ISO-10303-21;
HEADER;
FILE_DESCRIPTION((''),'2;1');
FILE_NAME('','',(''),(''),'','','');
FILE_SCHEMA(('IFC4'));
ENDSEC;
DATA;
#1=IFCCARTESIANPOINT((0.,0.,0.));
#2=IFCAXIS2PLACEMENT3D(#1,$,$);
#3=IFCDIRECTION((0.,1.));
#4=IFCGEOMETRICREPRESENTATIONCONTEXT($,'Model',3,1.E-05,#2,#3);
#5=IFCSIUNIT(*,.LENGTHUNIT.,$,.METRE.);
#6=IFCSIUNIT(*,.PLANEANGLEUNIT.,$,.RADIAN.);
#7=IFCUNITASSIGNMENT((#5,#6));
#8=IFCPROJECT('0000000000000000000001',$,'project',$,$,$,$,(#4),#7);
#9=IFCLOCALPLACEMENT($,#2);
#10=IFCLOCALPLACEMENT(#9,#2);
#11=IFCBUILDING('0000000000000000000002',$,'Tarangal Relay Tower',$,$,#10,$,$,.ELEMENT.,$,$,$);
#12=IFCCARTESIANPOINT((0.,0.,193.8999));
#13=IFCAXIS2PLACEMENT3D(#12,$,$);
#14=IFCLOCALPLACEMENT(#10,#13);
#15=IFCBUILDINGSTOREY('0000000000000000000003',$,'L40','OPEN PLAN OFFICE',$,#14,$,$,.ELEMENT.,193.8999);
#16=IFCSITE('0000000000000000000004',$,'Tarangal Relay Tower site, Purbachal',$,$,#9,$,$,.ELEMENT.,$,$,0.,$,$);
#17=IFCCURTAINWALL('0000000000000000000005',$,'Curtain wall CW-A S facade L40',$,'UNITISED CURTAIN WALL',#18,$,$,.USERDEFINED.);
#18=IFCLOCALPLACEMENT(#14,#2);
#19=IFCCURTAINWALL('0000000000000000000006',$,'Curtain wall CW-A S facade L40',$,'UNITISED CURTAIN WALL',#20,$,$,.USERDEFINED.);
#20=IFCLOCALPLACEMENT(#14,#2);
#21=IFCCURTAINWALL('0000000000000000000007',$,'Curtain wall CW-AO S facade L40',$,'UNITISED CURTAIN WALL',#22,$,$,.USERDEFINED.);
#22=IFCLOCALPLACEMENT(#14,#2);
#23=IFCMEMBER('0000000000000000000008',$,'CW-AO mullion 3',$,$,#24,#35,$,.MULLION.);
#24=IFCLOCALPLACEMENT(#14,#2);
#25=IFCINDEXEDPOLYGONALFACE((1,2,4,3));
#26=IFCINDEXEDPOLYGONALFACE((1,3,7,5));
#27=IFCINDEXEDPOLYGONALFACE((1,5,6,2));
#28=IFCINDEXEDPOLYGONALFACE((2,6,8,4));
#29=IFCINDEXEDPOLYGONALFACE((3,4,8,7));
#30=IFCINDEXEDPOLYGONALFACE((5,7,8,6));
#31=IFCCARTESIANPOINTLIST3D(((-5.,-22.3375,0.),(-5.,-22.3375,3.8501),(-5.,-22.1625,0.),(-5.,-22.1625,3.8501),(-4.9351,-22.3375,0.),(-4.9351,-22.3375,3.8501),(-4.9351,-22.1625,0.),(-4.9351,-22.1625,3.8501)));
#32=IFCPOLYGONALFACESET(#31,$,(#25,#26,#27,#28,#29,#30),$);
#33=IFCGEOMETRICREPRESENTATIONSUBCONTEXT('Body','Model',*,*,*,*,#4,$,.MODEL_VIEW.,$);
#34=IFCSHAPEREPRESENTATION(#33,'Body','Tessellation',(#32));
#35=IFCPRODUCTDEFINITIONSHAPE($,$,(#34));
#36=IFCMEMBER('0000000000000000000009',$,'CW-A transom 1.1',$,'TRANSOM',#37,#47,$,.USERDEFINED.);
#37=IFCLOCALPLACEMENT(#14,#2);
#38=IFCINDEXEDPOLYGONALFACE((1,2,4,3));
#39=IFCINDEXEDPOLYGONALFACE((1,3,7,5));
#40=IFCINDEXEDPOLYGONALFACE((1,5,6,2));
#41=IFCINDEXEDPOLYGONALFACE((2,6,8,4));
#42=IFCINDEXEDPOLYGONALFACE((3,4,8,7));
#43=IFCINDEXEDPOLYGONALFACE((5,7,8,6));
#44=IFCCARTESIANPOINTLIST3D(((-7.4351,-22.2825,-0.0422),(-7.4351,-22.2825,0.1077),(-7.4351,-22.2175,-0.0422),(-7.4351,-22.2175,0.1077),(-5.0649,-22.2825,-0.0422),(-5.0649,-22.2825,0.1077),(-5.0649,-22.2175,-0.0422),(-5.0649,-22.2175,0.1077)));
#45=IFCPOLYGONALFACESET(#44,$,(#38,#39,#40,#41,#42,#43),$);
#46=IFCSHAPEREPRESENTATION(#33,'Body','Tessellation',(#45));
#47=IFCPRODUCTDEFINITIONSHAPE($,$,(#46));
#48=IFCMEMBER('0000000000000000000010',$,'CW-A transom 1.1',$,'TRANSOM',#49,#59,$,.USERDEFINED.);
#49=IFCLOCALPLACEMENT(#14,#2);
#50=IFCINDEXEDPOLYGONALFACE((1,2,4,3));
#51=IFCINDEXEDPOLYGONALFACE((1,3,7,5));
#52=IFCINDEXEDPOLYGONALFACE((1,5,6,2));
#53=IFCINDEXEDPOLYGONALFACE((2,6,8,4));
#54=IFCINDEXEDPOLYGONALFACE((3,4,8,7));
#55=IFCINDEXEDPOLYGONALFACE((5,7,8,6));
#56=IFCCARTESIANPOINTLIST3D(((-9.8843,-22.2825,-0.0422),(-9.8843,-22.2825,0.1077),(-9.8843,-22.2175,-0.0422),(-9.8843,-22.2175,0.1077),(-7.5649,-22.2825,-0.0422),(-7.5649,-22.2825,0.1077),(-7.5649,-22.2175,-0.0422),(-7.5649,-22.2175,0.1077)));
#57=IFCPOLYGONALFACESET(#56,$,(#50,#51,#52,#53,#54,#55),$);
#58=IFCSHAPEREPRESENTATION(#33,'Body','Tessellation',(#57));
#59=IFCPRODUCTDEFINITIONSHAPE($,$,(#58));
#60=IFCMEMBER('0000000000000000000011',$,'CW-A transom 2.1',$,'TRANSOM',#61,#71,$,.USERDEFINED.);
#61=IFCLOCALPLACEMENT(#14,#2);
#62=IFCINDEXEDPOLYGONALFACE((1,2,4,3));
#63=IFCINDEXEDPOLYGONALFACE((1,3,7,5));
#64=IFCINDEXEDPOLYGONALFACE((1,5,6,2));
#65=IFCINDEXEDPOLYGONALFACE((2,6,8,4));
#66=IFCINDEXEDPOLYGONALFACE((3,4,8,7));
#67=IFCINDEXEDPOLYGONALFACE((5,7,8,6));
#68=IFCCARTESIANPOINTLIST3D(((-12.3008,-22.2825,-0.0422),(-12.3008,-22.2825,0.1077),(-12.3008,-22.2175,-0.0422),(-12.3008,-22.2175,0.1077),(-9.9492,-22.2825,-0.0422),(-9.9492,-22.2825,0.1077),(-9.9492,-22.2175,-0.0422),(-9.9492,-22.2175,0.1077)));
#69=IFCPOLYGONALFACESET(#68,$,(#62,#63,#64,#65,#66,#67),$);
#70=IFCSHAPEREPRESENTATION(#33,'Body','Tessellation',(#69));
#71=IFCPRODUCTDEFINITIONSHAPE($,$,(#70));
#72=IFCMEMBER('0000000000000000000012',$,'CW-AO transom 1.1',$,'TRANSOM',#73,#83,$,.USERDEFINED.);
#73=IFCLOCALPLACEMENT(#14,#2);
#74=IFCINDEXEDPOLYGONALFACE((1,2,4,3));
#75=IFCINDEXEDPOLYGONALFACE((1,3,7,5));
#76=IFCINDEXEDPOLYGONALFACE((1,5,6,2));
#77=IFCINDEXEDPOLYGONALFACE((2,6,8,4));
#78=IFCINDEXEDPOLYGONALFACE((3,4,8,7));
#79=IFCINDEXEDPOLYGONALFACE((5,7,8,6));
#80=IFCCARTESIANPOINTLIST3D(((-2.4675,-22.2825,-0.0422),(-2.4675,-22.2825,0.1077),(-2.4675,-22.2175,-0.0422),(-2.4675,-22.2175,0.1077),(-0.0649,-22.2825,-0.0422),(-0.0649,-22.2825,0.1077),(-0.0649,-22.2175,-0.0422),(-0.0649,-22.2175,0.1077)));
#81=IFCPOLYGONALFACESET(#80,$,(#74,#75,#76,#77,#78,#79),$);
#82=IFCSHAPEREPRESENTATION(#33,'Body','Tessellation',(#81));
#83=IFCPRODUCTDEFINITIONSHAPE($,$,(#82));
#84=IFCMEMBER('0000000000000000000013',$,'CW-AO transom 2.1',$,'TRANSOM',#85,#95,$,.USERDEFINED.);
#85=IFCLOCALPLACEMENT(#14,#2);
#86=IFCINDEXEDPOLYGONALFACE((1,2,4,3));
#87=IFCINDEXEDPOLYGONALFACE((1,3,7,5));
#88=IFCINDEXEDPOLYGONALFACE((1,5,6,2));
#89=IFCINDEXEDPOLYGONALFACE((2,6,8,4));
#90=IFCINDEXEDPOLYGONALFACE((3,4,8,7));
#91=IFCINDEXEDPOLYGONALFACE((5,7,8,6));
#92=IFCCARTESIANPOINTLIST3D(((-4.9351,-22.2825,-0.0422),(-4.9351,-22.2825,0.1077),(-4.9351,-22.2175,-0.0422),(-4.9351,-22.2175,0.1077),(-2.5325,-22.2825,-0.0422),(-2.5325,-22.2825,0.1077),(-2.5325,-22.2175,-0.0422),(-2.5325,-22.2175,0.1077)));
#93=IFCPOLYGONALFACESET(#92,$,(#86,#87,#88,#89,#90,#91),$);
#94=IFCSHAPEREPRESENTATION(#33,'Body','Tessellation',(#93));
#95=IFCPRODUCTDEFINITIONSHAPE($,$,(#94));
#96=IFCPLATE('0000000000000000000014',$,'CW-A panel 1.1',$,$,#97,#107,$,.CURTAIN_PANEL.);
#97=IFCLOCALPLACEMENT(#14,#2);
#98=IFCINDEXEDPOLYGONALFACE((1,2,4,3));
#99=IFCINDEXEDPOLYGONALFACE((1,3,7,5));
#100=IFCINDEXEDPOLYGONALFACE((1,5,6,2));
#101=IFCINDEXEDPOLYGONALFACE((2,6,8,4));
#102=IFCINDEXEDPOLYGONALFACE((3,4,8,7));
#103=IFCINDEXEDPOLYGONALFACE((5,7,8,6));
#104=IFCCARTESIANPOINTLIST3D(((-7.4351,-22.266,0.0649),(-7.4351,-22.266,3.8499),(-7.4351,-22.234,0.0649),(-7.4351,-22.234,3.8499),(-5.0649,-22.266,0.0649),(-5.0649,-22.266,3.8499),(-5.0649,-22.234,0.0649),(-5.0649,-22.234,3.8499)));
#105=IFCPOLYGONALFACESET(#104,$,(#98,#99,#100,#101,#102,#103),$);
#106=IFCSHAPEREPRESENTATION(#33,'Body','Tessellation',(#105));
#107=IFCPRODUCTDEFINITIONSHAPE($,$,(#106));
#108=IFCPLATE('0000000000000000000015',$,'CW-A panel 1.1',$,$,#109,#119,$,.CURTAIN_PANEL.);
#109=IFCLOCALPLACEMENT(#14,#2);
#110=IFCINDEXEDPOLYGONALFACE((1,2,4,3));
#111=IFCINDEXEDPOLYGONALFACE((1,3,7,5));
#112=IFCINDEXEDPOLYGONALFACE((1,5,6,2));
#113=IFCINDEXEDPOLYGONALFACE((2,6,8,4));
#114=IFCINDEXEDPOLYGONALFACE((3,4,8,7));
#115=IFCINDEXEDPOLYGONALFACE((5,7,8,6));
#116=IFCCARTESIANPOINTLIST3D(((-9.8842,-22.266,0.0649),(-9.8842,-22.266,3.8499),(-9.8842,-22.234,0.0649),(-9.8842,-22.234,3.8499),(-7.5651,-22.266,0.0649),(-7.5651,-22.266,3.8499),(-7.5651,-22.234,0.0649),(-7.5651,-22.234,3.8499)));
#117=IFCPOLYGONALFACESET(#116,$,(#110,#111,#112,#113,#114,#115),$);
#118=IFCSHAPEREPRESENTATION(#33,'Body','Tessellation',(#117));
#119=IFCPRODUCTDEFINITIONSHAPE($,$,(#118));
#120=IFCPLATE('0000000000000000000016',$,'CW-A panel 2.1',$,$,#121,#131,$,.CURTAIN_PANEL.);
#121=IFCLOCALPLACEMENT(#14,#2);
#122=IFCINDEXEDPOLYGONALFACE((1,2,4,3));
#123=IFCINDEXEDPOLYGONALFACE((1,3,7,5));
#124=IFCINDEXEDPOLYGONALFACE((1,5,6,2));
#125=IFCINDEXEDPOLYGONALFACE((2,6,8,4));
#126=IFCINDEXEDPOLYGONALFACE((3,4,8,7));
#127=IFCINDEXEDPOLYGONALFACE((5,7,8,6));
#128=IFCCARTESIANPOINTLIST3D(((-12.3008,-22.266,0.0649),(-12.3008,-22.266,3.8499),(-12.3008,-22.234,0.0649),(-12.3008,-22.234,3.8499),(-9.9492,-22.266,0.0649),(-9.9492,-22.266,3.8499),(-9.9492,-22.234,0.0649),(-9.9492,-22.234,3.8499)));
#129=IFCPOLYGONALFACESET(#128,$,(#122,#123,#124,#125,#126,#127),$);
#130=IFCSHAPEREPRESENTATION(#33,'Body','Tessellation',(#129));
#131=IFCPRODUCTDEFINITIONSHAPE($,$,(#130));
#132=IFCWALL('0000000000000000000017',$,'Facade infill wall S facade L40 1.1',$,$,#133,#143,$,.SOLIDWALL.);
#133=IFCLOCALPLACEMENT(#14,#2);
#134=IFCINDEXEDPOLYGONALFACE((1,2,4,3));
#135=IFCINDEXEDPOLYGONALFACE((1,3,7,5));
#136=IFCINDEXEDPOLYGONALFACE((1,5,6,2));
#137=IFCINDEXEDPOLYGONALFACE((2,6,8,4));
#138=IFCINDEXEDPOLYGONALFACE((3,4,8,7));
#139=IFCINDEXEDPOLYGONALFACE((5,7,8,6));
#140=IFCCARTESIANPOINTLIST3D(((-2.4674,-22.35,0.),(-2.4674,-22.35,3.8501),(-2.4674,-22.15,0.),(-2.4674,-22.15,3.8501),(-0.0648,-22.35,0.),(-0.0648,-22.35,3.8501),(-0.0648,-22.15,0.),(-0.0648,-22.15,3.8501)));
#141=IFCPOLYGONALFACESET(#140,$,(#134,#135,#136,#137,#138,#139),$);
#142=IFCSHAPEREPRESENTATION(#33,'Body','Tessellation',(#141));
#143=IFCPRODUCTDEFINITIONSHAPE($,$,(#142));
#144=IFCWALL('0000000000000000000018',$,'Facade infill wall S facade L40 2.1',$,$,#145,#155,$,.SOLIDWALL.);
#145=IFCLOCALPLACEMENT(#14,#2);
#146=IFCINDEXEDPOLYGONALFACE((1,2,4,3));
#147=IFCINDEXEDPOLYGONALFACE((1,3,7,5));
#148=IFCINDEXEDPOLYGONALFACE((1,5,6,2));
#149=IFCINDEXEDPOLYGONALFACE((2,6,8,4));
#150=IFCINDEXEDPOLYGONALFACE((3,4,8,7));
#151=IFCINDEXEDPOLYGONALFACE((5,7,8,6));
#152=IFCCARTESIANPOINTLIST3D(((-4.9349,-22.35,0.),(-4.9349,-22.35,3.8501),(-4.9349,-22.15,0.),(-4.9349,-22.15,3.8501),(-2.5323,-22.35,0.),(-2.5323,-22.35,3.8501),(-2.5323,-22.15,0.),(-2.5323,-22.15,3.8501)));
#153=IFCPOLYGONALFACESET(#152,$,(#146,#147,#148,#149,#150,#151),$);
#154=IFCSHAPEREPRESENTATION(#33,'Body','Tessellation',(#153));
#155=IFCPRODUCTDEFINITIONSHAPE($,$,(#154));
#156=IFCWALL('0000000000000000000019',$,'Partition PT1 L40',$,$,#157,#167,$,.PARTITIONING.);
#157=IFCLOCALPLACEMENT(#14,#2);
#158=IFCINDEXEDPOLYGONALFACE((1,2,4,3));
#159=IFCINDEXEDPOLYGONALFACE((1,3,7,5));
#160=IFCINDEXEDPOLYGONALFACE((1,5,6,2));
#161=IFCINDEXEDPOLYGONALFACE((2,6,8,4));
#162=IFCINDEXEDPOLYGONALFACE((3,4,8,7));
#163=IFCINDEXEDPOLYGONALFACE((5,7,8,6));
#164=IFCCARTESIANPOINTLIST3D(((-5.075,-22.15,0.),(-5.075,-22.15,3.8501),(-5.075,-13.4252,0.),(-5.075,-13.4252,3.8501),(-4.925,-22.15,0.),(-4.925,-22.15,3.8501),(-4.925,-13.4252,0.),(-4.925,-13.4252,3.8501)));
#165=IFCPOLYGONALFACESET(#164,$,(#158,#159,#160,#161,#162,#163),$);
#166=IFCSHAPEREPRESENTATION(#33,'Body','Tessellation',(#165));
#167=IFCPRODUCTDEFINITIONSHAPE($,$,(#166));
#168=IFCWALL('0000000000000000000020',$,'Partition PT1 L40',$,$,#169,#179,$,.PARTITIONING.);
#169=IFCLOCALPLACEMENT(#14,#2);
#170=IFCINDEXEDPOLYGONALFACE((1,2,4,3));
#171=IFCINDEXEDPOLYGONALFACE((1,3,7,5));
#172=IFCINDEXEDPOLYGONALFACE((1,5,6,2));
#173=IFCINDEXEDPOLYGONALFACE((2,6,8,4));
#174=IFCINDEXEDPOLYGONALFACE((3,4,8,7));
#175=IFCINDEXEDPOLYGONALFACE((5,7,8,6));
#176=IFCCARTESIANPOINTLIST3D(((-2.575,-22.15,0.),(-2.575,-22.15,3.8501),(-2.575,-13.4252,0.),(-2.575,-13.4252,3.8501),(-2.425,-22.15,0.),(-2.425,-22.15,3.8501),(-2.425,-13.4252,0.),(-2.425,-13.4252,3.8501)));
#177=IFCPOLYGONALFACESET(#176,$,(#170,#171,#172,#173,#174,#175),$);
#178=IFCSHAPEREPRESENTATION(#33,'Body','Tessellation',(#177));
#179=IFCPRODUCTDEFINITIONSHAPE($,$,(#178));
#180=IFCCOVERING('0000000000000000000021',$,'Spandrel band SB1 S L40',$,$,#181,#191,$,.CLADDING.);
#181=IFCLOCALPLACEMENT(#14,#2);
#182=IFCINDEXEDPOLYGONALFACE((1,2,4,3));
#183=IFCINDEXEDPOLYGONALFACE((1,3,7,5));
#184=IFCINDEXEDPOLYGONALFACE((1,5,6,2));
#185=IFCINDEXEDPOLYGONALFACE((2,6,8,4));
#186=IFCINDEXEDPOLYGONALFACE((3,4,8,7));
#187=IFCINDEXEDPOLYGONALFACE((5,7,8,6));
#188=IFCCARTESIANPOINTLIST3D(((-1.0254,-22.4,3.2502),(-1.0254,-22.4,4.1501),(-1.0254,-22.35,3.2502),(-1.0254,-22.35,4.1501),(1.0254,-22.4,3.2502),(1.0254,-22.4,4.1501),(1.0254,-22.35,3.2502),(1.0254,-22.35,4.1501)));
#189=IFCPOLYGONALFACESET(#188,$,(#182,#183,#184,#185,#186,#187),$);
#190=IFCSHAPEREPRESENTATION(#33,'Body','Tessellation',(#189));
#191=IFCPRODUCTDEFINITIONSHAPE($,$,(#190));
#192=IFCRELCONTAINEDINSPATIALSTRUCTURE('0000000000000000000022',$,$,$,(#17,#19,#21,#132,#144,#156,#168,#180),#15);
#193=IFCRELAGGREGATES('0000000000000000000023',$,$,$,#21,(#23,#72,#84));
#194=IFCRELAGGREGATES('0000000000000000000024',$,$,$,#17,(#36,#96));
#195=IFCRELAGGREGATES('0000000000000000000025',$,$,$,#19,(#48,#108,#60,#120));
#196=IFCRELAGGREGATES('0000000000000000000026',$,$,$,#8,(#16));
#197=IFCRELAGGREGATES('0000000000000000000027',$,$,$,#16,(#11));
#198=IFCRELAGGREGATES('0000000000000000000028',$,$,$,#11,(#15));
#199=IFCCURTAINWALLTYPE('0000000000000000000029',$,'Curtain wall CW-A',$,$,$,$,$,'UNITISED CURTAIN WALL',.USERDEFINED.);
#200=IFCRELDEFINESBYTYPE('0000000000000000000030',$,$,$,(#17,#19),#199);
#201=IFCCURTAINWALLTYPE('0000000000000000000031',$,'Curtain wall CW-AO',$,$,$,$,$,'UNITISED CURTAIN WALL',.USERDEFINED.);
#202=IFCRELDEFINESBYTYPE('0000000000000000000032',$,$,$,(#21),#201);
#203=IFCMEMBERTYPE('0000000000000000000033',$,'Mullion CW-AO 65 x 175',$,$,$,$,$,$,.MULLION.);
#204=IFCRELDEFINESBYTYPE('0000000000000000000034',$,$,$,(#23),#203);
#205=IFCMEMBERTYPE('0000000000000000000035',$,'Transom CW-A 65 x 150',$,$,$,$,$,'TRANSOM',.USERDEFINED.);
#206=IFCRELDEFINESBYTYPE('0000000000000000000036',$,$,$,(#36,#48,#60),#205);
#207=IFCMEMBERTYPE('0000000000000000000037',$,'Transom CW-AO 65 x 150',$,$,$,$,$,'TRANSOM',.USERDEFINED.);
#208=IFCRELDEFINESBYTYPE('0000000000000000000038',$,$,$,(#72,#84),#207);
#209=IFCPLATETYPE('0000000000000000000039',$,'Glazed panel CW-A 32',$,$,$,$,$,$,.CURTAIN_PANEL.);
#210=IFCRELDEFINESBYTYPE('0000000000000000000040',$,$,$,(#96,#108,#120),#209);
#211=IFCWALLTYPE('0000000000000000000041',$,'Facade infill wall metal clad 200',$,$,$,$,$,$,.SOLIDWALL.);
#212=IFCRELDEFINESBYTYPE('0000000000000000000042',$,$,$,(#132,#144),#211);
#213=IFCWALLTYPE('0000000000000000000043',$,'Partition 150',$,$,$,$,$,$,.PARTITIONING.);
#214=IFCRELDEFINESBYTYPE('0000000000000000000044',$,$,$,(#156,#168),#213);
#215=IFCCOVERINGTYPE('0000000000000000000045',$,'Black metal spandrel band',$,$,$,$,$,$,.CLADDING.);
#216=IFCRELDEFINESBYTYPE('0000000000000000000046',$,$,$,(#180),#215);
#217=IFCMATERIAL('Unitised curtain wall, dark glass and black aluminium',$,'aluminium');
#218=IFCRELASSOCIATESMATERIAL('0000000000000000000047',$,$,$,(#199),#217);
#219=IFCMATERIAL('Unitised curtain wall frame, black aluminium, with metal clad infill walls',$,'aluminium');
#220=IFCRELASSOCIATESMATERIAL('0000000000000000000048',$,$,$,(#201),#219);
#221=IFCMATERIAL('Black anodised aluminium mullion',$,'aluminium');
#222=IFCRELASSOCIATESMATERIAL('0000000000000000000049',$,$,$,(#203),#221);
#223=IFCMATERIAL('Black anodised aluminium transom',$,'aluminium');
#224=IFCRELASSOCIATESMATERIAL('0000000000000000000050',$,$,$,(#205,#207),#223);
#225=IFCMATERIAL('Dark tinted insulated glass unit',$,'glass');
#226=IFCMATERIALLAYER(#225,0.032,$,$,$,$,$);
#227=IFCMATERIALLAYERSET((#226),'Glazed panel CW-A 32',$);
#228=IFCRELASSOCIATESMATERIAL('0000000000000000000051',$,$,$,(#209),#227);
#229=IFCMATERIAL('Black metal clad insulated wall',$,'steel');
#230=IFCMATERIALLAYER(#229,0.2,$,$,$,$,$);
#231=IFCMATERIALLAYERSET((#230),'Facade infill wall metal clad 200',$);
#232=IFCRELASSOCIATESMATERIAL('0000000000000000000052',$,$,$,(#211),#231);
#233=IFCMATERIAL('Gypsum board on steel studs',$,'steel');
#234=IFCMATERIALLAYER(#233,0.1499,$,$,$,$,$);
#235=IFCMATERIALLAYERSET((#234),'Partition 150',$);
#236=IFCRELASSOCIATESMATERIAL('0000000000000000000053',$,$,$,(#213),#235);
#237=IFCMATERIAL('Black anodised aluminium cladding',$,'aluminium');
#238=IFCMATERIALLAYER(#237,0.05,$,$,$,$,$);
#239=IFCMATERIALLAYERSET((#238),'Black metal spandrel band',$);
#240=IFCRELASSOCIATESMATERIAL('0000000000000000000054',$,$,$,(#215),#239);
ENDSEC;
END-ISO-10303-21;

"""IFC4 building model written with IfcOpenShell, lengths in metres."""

from ifc_helpers import new_model, si_unit, direction, frame, frame_2d, origin, origin_2d, place, context, subcontext, project, spatial, rectangle, extrude, material, layer, layer_set, material_profile, profile_set, type_object, element, aggregate, save


model = new_model("IFC4")

# Units and contexts
model_context = context("Model", 3, precision=1e-05, world=origin(), true_north=direction((0.0, 1.0)))
body_context = subcontext(model_context, "Body", "Model", "MODEL_VIEW")
ifc_project = project(units=[si_unit("LENGTHUNIT", "METRE"), si_unit("PLANEANGLEUNIT", "RADIAN")], contexts=[model_context])

# Site, building, storey
site_placement = place(None, origin())
site = spatial("IfcSite", under=ifc_project, at=site_placement, Name="Tarangal Relay Tower site, Purbachal", CompositionType="ELEMENT", RefElevation=0.0)
building_placement = place(site_placement, origin())
building = spatial("IfcBuilding", under=site, at=building_placement, Name="Tarangal Relay Tower", CompositionType="ELEMENT")
storey_placement = place(building_placement, frame((0.0, 0.0, 193.8999)))
storey = spatial("IfcBuildingStorey", under=building, at=storey_placement, Name="L40", Description="OPEN PLAN OFFICE", CompositionType="ELEMENT", Elevation=193.8999)

# Curtain walls, member
ifc_material_1 = material(Name="Unitised curtain wall, dark glass and black aluminium", Category="aluminium")
curtain_wall_type_1 = type_object("IfcCurtainWallType", Name="Curtain wall CW-A", ElementType="UNITISED CURTAIN WALL", PredefinedType="USERDEFINED", material=ifc_material_1)
curtain_wall_1_placement = place(storey_placement, origin())
curtain_wall_1 = element("IfcCurtainWall", 1, at=curtain_wall_1_placement, inside=storey, type_object=curtain_wall_type_1, Name="Curtain wall CW-A S facade L40", ObjectType="UNITISED CURTAIN WALL", PredefinedType="USERDEFINED")
ifc_material_2 = material(Name="Black anodised aluminium mullion", Category="aluminium")
curtain_wall_2_placement = place(storey_placement, origin())
curtain_wall_2 = element("IfcCurtainWall", 2, at=curtain_wall_2_placement, inside=storey, type_object=curtain_wall_type_1, Name="Curtain wall CW-A S facade L40", ObjectType="UNITISED CURTAIN WALL", PredefinedType="USERDEFINED")
ifc_material_3 = material(Name="Unitised curtain wall frame, black aluminium, with metal clad infill walls", Category="aluminium")
curtain_wall_type_2 = type_object("IfcCurtainWallType", Name="Curtain wall CW-AO", ElementType="UNITISED CURTAIN WALL", PredefinedType="USERDEFINED", material=ifc_material_3)
curtain_wall_3_placement = place(storey_placement, origin())
curtain_wall_3 = element("IfcCurtainWall", 3, at=curtain_wall_3_placement, inside=storey, type_object=curtain_wall_type_2, Name="Curtain wall CW-AO S facade L40", ObjectType="UNITISED CURTAIN WALL", PredefinedType="USERDEFINED")
ifc_material_profile_1 = material_profile(ifc_material_2, rectangle(XDim=0.175, YDim=0.0649, at=origin_2d()), Name="CW-AOM 65X175")
ifc_profile_set_1 = profile_set([ifc_material_profile_1], Name="Black anodised aluminium mullion")
member_type_1 = type_object("IfcMemberType", Name="Mullion CW-AO 65 x 175", PredefinedType="MULLION", material=ifc_profile_set_1)
member_1_placement = place(storey_placement, frame((-4.9675, -22.25, 0.0), z_axis=(0.0, 0.0, 1.0), x_axis=(0.0, -1.0, 0.0)))
member_1 = element("IfcMember", 4, at=member_1_placement, type_object=member_type_1, Name="CW-AO mullion 3", PredefinedType="MULLION", context=body_context, shape_type="SweptSolid", body=[
    extrude(rectangle(XDim=0.175, YDim=0.0649, at=origin_2d()), origin(), (0.0, 0.0, 1.0), 3.8501),
])

# Members
ifc_material_4 = material(Name="Black anodised aluminium transom", Category="aluminium")
ifc_material_profile_2 = material_profile(ifc_material_4, rectangle(XDim=0.0649, YDim=0.1499, at=origin_2d()), Name="CW-AT 65X150")
ifc_profile_set_2 = profile_set([ifc_material_profile_2], Name="Black anodised aluminium transom")
member_type_2 = type_object("IfcMemberType", Name="Transom CW-A 65 x 150", ElementType="TRANSOM", PredefinedType="USERDEFINED", material=ifc_profile_set_2)
member_2_placement = place(storey_placement, frame((-5.0649, -22.25, 0.0327), z_axis=(-1.0, 0.0, 0.0), x_axis=(0.0, -1.0, 0.0)))
member_2 = element("IfcMember", 5, at=member_2_placement, type_object=member_type_2, Name="CW-A transom 1.1", ObjectType="TRANSOM", PredefinedType="USERDEFINED", context=body_context, shape_type="SweptSolid", body=[
    extrude(rectangle(XDim=0.0649, YDim=0.1499, at=origin_2d()), origin(), (0.0, 0.0, 1.0), 2.3701),
])
member_3_placement = place(storey_placement, frame((-7.5649, -22.25, 0.0327), z_axis=(-1.0, 0.0, 0.0), x_axis=(0.0, -1.0, 0.0)))
member_3 = element("IfcMember", 6, at=member_3_placement, type_object=member_type_2, Name="CW-A transom 1.1", ObjectType="TRANSOM", PredefinedType="USERDEFINED", context=body_context, shape_type="SweptSolid", body=[
    extrude(rectangle(XDim=0.0649, YDim=0.1499, at=origin_2d()), origin(), (0.0, 0.0, 1.0), 2.3193),
])
member_4_placement = place(storey_placement, frame((-9.9492, -22.25, 0.0327), z_axis=(-1.0, 0.0, 0.0), x_axis=(0.0, -1.0, 0.0)))
member_4 = element("IfcMember", 7, at=member_4_placement, type_object=member_type_2, Name="CW-A transom 2.1", ObjectType="TRANSOM", PredefinedType="USERDEFINED", context=body_context, shape_type="SweptSolid", body=[
    extrude(rectangle(XDim=0.0649, YDim=0.1499, at=origin_2d()), origin(), (0.0, 0.0, 1.0), 2.3516),
])
ifc_material_profile_3 = material_profile(ifc_material_4, rectangle(XDim=0.0649, YDim=0.1499, at=origin_2d()), Name="CW-AOT 65X150")
ifc_profile_set_3 = profile_set([ifc_material_profile_3], Name="Black anodised aluminium transom")
member_type_3 = type_object("IfcMemberType", Name="Transom CW-AO 65 x 150", ElementType="TRANSOM", PredefinedType="USERDEFINED", material=ifc_profile_set_3)
member_5_placement = place(storey_placement, frame((-0.0649, -22.25, 0.0327), z_axis=(-1.0, 0.0, 0.0), x_axis=(0.0, -1.0, 0.0)))
member_5 = element("IfcMember", 8, at=member_5_placement, type_object=member_type_3, Name="CW-AO transom 1.1", ObjectType="TRANSOM", PredefinedType="USERDEFINED", context=body_context, shape_type="SweptSolid", body=[
    extrude(rectangle(XDim=0.0649, YDim=0.1499, at=origin_2d()), origin(), (0.0, 0.0, 1.0), 2.4026),
])
member_6_placement = place(storey_placement, frame((-2.5325, -22.25, 0.0327), z_axis=(-1.0, 0.0, 0.0), x_axis=(0.0, -1.0, 0.0)))
member_6 = element("IfcMember", 9, at=member_6_placement, type_object=member_type_3, Name="CW-AO transom 2.1", ObjectType="TRANSOM", PredefinedType="USERDEFINED", context=body_context, shape_type="SweptSolid", body=[
    extrude(rectangle(XDim=0.0649, YDim=0.1499, at=origin_2d()), origin(), (0.0, 0.0, 1.0), 2.4026),
])
aggregate(curtain_wall_3, [member_1, member_5, member_6])

# Plates
ifc_material_5 = material(Name="Dark tinted insulated glass unit", Category="glass")
ifc_layer_1 = layer(ifc_material_5, 0.032)
ifc_layer_set_1 = layer_set([ifc_layer_1], Name="Glazed panel CW-A 32")
plate_type = type_object("IfcPlateType", Name="Glazed panel CW-A 32", PredefinedType="CURTAIN_PANEL", material=ifc_layer_set_1)
plate_1_placement = place(storey_placement, frame((-6.25, -22.25, 0.0649), z_axis=(0.0, 0.0, 1.0), x_axis=(-1.0, 0.0, 0.0)))
plate_1 = element("IfcPlate", 10, at=plate_1_placement, type_object=plate_type, Name="CW-A panel 1.1", PredefinedType="CURTAIN_PANEL", context=body_context, shape_type="SweptSolid", body=[
    extrude(rectangle(XDim=2.3701, YDim=0.032, at=origin_2d()), origin(), (0.0, 0.0, 1.0), 3.7849),
])
aggregate(curtain_wall_1, [member_2, plate_1])
plate_2_placement = place(storey_placement, frame((-8.7246, -22.25, 0.0649), z_axis=(0.0, 0.0, 1.0), x_axis=(-1.0, 0.0, 0.0)))
plate_2 = element("IfcPlate", 11, at=plate_2_placement, type_object=plate_type, Name="CW-A panel 1.1", PredefinedType="CURTAIN_PANEL", context=body_context, shape_type="SweptSolid", body=[
    extrude(rectangle(XDim=2.3191, YDim=0.032, at=origin_2d()), origin(), (0.0, 0.0, 1.0), 3.7849),
])
plate_3_placement = place(storey_placement, frame((-11.125, -22.25, 0.0649), z_axis=(0.0, 0.0, 1.0), x_axis=(-1.0, 0.0, 0.0)))
plate_3 = element("IfcPlate", 12, at=plate_3_placement, type_object=plate_type, Name="CW-A panel 2.1", PredefinedType="CURTAIN_PANEL", context=body_context, shape_type="SweptSolid", body=[
    extrude(rectangle(XDim=2.3516, YDim=0.032, at=origin_2d()), origin(), (0.0, 0.0, 1.0), 3.7849),
])
aggregate(curtain_wall_2, [member_3, plate_2, member_4, plate_3])

# Walls
ifc_material_6 = material(Name="Black metal clad insulated wall", Category="steel")
ifc_layer_2 = layer(ifc_material_6, 0.2)
ifc_layer_set_2 = layer_set([ifc_layer_2], Name="Facade infill wall metal clad 200")
wall_type_1 = type_object("IfcWallType", Name="Facade infill wall metal clad 200", PredefinedType="SOLIDWALL", material=ifc_layer_set_2)
for number, where, z_axis, x_axis, name in (
    (13, (-0.0649, -22.25, 0.0), (0.0, 0.0, 1.0), (-1.0, 0.0, 0.0), "Facade infill wall S facade L40 1.1"),
    (14, (-2.5325, -22.25, 0.0), (0.0, 0.0, 1.0), (-1.0, 0.0, 0.0), "Facade infill wall S facade L40 2.1"),
):
    element("IfcWall", number, at=place(storey_placement, frame(where, z_axis=z_axis, x_axis=x_axis)), inside=storey, type_object=wall_type_1, Name=name, PredefinedType="SOLIDWALL", context=body_context, shape_type="SweptSolid", body=[
        extrude(rectangle(XDim=2.4026, YDim=0.2, at=frame_2d((1.2012, 0.0))), origin(), (0.0, 0.0, 1.0), 3.8501),
    ])
ifc_material_7 = material(Name="Gypsum board on steel studs", Category="steel")
ifc_layer_3 = layer(ifc_material_7, 0.1499)
ifc_layer_set_3 = layer_set([ifc_layer_3], Name="Partition 150")
wall_type_2 = type_object("IfcWallType", Name="Partition 150", PredefinedType="PARTITIONING", material=ifc_layer_set_3)
for number, where, z_axis, x_axis, name in (
    (15, (-5.0, -22.1499, 0.0), (0.0, 0.0, 1.0), (0.0, 1.0, 0.0), "Partition PT1 L40"),
    (16, (-2.5, -22.1499, 0.0), (0.0, 0.0, 1.0), (0.0, 1.0, 0.0), "Partition PT1 L40"),
):
    element("IfcWall", number, at=place(storey_placement, frame(where, z_axis=z_axis, x_axis=x_axis)), inside=storey, type_object=wall_type_2, Name=name, PredefinedType="PARTITIONING", context=body_context, shape_type="SweptSolid", body=[
        extrude(rectangle(XDim=8.7249, YDim=0.1499, at=frame_2d((4.3623, 0.0))), origin(), (0.0, 0.0, 1.0), 3.8501),
    ])

# Covering
ifc_material_8 = material(Name="Black anodised aluminium cladding", Category="aluminium")
ifc_layer_4 = layer(ifc_material_8, 0.05)
ifc_layer_set_4 = layer_set([ifc_layer_4], Name="Black metal spandrel band")
covering_type = type_object("IfcCoveringType", Name="Black metal spandrel band", PredefinedType="CLADDING", material=ifc_layer_set_4)
covering_1_placement = place(storey_placement, frame((0.0, -22.375, 3.2502), z_axis=(0.0, 0.0, 1.0), x_axis=(-1.0, 0.0, 0.0)))
element("IfcCovering", 17, at=covering_1_placement, inside=storey, type_object=covering_type, Name="Spandrel band SB1 S L40", PredefinedType="CLADDING", context=body_context, shape_type="SweptSolid", body=[
    extrude(rectangle(XDim=2.0508, YDim=0.05, at=origin_2d()), origin(), (0.0, 0.0, 1.0), 0.8999),
])

save(model, "model.ifc")
